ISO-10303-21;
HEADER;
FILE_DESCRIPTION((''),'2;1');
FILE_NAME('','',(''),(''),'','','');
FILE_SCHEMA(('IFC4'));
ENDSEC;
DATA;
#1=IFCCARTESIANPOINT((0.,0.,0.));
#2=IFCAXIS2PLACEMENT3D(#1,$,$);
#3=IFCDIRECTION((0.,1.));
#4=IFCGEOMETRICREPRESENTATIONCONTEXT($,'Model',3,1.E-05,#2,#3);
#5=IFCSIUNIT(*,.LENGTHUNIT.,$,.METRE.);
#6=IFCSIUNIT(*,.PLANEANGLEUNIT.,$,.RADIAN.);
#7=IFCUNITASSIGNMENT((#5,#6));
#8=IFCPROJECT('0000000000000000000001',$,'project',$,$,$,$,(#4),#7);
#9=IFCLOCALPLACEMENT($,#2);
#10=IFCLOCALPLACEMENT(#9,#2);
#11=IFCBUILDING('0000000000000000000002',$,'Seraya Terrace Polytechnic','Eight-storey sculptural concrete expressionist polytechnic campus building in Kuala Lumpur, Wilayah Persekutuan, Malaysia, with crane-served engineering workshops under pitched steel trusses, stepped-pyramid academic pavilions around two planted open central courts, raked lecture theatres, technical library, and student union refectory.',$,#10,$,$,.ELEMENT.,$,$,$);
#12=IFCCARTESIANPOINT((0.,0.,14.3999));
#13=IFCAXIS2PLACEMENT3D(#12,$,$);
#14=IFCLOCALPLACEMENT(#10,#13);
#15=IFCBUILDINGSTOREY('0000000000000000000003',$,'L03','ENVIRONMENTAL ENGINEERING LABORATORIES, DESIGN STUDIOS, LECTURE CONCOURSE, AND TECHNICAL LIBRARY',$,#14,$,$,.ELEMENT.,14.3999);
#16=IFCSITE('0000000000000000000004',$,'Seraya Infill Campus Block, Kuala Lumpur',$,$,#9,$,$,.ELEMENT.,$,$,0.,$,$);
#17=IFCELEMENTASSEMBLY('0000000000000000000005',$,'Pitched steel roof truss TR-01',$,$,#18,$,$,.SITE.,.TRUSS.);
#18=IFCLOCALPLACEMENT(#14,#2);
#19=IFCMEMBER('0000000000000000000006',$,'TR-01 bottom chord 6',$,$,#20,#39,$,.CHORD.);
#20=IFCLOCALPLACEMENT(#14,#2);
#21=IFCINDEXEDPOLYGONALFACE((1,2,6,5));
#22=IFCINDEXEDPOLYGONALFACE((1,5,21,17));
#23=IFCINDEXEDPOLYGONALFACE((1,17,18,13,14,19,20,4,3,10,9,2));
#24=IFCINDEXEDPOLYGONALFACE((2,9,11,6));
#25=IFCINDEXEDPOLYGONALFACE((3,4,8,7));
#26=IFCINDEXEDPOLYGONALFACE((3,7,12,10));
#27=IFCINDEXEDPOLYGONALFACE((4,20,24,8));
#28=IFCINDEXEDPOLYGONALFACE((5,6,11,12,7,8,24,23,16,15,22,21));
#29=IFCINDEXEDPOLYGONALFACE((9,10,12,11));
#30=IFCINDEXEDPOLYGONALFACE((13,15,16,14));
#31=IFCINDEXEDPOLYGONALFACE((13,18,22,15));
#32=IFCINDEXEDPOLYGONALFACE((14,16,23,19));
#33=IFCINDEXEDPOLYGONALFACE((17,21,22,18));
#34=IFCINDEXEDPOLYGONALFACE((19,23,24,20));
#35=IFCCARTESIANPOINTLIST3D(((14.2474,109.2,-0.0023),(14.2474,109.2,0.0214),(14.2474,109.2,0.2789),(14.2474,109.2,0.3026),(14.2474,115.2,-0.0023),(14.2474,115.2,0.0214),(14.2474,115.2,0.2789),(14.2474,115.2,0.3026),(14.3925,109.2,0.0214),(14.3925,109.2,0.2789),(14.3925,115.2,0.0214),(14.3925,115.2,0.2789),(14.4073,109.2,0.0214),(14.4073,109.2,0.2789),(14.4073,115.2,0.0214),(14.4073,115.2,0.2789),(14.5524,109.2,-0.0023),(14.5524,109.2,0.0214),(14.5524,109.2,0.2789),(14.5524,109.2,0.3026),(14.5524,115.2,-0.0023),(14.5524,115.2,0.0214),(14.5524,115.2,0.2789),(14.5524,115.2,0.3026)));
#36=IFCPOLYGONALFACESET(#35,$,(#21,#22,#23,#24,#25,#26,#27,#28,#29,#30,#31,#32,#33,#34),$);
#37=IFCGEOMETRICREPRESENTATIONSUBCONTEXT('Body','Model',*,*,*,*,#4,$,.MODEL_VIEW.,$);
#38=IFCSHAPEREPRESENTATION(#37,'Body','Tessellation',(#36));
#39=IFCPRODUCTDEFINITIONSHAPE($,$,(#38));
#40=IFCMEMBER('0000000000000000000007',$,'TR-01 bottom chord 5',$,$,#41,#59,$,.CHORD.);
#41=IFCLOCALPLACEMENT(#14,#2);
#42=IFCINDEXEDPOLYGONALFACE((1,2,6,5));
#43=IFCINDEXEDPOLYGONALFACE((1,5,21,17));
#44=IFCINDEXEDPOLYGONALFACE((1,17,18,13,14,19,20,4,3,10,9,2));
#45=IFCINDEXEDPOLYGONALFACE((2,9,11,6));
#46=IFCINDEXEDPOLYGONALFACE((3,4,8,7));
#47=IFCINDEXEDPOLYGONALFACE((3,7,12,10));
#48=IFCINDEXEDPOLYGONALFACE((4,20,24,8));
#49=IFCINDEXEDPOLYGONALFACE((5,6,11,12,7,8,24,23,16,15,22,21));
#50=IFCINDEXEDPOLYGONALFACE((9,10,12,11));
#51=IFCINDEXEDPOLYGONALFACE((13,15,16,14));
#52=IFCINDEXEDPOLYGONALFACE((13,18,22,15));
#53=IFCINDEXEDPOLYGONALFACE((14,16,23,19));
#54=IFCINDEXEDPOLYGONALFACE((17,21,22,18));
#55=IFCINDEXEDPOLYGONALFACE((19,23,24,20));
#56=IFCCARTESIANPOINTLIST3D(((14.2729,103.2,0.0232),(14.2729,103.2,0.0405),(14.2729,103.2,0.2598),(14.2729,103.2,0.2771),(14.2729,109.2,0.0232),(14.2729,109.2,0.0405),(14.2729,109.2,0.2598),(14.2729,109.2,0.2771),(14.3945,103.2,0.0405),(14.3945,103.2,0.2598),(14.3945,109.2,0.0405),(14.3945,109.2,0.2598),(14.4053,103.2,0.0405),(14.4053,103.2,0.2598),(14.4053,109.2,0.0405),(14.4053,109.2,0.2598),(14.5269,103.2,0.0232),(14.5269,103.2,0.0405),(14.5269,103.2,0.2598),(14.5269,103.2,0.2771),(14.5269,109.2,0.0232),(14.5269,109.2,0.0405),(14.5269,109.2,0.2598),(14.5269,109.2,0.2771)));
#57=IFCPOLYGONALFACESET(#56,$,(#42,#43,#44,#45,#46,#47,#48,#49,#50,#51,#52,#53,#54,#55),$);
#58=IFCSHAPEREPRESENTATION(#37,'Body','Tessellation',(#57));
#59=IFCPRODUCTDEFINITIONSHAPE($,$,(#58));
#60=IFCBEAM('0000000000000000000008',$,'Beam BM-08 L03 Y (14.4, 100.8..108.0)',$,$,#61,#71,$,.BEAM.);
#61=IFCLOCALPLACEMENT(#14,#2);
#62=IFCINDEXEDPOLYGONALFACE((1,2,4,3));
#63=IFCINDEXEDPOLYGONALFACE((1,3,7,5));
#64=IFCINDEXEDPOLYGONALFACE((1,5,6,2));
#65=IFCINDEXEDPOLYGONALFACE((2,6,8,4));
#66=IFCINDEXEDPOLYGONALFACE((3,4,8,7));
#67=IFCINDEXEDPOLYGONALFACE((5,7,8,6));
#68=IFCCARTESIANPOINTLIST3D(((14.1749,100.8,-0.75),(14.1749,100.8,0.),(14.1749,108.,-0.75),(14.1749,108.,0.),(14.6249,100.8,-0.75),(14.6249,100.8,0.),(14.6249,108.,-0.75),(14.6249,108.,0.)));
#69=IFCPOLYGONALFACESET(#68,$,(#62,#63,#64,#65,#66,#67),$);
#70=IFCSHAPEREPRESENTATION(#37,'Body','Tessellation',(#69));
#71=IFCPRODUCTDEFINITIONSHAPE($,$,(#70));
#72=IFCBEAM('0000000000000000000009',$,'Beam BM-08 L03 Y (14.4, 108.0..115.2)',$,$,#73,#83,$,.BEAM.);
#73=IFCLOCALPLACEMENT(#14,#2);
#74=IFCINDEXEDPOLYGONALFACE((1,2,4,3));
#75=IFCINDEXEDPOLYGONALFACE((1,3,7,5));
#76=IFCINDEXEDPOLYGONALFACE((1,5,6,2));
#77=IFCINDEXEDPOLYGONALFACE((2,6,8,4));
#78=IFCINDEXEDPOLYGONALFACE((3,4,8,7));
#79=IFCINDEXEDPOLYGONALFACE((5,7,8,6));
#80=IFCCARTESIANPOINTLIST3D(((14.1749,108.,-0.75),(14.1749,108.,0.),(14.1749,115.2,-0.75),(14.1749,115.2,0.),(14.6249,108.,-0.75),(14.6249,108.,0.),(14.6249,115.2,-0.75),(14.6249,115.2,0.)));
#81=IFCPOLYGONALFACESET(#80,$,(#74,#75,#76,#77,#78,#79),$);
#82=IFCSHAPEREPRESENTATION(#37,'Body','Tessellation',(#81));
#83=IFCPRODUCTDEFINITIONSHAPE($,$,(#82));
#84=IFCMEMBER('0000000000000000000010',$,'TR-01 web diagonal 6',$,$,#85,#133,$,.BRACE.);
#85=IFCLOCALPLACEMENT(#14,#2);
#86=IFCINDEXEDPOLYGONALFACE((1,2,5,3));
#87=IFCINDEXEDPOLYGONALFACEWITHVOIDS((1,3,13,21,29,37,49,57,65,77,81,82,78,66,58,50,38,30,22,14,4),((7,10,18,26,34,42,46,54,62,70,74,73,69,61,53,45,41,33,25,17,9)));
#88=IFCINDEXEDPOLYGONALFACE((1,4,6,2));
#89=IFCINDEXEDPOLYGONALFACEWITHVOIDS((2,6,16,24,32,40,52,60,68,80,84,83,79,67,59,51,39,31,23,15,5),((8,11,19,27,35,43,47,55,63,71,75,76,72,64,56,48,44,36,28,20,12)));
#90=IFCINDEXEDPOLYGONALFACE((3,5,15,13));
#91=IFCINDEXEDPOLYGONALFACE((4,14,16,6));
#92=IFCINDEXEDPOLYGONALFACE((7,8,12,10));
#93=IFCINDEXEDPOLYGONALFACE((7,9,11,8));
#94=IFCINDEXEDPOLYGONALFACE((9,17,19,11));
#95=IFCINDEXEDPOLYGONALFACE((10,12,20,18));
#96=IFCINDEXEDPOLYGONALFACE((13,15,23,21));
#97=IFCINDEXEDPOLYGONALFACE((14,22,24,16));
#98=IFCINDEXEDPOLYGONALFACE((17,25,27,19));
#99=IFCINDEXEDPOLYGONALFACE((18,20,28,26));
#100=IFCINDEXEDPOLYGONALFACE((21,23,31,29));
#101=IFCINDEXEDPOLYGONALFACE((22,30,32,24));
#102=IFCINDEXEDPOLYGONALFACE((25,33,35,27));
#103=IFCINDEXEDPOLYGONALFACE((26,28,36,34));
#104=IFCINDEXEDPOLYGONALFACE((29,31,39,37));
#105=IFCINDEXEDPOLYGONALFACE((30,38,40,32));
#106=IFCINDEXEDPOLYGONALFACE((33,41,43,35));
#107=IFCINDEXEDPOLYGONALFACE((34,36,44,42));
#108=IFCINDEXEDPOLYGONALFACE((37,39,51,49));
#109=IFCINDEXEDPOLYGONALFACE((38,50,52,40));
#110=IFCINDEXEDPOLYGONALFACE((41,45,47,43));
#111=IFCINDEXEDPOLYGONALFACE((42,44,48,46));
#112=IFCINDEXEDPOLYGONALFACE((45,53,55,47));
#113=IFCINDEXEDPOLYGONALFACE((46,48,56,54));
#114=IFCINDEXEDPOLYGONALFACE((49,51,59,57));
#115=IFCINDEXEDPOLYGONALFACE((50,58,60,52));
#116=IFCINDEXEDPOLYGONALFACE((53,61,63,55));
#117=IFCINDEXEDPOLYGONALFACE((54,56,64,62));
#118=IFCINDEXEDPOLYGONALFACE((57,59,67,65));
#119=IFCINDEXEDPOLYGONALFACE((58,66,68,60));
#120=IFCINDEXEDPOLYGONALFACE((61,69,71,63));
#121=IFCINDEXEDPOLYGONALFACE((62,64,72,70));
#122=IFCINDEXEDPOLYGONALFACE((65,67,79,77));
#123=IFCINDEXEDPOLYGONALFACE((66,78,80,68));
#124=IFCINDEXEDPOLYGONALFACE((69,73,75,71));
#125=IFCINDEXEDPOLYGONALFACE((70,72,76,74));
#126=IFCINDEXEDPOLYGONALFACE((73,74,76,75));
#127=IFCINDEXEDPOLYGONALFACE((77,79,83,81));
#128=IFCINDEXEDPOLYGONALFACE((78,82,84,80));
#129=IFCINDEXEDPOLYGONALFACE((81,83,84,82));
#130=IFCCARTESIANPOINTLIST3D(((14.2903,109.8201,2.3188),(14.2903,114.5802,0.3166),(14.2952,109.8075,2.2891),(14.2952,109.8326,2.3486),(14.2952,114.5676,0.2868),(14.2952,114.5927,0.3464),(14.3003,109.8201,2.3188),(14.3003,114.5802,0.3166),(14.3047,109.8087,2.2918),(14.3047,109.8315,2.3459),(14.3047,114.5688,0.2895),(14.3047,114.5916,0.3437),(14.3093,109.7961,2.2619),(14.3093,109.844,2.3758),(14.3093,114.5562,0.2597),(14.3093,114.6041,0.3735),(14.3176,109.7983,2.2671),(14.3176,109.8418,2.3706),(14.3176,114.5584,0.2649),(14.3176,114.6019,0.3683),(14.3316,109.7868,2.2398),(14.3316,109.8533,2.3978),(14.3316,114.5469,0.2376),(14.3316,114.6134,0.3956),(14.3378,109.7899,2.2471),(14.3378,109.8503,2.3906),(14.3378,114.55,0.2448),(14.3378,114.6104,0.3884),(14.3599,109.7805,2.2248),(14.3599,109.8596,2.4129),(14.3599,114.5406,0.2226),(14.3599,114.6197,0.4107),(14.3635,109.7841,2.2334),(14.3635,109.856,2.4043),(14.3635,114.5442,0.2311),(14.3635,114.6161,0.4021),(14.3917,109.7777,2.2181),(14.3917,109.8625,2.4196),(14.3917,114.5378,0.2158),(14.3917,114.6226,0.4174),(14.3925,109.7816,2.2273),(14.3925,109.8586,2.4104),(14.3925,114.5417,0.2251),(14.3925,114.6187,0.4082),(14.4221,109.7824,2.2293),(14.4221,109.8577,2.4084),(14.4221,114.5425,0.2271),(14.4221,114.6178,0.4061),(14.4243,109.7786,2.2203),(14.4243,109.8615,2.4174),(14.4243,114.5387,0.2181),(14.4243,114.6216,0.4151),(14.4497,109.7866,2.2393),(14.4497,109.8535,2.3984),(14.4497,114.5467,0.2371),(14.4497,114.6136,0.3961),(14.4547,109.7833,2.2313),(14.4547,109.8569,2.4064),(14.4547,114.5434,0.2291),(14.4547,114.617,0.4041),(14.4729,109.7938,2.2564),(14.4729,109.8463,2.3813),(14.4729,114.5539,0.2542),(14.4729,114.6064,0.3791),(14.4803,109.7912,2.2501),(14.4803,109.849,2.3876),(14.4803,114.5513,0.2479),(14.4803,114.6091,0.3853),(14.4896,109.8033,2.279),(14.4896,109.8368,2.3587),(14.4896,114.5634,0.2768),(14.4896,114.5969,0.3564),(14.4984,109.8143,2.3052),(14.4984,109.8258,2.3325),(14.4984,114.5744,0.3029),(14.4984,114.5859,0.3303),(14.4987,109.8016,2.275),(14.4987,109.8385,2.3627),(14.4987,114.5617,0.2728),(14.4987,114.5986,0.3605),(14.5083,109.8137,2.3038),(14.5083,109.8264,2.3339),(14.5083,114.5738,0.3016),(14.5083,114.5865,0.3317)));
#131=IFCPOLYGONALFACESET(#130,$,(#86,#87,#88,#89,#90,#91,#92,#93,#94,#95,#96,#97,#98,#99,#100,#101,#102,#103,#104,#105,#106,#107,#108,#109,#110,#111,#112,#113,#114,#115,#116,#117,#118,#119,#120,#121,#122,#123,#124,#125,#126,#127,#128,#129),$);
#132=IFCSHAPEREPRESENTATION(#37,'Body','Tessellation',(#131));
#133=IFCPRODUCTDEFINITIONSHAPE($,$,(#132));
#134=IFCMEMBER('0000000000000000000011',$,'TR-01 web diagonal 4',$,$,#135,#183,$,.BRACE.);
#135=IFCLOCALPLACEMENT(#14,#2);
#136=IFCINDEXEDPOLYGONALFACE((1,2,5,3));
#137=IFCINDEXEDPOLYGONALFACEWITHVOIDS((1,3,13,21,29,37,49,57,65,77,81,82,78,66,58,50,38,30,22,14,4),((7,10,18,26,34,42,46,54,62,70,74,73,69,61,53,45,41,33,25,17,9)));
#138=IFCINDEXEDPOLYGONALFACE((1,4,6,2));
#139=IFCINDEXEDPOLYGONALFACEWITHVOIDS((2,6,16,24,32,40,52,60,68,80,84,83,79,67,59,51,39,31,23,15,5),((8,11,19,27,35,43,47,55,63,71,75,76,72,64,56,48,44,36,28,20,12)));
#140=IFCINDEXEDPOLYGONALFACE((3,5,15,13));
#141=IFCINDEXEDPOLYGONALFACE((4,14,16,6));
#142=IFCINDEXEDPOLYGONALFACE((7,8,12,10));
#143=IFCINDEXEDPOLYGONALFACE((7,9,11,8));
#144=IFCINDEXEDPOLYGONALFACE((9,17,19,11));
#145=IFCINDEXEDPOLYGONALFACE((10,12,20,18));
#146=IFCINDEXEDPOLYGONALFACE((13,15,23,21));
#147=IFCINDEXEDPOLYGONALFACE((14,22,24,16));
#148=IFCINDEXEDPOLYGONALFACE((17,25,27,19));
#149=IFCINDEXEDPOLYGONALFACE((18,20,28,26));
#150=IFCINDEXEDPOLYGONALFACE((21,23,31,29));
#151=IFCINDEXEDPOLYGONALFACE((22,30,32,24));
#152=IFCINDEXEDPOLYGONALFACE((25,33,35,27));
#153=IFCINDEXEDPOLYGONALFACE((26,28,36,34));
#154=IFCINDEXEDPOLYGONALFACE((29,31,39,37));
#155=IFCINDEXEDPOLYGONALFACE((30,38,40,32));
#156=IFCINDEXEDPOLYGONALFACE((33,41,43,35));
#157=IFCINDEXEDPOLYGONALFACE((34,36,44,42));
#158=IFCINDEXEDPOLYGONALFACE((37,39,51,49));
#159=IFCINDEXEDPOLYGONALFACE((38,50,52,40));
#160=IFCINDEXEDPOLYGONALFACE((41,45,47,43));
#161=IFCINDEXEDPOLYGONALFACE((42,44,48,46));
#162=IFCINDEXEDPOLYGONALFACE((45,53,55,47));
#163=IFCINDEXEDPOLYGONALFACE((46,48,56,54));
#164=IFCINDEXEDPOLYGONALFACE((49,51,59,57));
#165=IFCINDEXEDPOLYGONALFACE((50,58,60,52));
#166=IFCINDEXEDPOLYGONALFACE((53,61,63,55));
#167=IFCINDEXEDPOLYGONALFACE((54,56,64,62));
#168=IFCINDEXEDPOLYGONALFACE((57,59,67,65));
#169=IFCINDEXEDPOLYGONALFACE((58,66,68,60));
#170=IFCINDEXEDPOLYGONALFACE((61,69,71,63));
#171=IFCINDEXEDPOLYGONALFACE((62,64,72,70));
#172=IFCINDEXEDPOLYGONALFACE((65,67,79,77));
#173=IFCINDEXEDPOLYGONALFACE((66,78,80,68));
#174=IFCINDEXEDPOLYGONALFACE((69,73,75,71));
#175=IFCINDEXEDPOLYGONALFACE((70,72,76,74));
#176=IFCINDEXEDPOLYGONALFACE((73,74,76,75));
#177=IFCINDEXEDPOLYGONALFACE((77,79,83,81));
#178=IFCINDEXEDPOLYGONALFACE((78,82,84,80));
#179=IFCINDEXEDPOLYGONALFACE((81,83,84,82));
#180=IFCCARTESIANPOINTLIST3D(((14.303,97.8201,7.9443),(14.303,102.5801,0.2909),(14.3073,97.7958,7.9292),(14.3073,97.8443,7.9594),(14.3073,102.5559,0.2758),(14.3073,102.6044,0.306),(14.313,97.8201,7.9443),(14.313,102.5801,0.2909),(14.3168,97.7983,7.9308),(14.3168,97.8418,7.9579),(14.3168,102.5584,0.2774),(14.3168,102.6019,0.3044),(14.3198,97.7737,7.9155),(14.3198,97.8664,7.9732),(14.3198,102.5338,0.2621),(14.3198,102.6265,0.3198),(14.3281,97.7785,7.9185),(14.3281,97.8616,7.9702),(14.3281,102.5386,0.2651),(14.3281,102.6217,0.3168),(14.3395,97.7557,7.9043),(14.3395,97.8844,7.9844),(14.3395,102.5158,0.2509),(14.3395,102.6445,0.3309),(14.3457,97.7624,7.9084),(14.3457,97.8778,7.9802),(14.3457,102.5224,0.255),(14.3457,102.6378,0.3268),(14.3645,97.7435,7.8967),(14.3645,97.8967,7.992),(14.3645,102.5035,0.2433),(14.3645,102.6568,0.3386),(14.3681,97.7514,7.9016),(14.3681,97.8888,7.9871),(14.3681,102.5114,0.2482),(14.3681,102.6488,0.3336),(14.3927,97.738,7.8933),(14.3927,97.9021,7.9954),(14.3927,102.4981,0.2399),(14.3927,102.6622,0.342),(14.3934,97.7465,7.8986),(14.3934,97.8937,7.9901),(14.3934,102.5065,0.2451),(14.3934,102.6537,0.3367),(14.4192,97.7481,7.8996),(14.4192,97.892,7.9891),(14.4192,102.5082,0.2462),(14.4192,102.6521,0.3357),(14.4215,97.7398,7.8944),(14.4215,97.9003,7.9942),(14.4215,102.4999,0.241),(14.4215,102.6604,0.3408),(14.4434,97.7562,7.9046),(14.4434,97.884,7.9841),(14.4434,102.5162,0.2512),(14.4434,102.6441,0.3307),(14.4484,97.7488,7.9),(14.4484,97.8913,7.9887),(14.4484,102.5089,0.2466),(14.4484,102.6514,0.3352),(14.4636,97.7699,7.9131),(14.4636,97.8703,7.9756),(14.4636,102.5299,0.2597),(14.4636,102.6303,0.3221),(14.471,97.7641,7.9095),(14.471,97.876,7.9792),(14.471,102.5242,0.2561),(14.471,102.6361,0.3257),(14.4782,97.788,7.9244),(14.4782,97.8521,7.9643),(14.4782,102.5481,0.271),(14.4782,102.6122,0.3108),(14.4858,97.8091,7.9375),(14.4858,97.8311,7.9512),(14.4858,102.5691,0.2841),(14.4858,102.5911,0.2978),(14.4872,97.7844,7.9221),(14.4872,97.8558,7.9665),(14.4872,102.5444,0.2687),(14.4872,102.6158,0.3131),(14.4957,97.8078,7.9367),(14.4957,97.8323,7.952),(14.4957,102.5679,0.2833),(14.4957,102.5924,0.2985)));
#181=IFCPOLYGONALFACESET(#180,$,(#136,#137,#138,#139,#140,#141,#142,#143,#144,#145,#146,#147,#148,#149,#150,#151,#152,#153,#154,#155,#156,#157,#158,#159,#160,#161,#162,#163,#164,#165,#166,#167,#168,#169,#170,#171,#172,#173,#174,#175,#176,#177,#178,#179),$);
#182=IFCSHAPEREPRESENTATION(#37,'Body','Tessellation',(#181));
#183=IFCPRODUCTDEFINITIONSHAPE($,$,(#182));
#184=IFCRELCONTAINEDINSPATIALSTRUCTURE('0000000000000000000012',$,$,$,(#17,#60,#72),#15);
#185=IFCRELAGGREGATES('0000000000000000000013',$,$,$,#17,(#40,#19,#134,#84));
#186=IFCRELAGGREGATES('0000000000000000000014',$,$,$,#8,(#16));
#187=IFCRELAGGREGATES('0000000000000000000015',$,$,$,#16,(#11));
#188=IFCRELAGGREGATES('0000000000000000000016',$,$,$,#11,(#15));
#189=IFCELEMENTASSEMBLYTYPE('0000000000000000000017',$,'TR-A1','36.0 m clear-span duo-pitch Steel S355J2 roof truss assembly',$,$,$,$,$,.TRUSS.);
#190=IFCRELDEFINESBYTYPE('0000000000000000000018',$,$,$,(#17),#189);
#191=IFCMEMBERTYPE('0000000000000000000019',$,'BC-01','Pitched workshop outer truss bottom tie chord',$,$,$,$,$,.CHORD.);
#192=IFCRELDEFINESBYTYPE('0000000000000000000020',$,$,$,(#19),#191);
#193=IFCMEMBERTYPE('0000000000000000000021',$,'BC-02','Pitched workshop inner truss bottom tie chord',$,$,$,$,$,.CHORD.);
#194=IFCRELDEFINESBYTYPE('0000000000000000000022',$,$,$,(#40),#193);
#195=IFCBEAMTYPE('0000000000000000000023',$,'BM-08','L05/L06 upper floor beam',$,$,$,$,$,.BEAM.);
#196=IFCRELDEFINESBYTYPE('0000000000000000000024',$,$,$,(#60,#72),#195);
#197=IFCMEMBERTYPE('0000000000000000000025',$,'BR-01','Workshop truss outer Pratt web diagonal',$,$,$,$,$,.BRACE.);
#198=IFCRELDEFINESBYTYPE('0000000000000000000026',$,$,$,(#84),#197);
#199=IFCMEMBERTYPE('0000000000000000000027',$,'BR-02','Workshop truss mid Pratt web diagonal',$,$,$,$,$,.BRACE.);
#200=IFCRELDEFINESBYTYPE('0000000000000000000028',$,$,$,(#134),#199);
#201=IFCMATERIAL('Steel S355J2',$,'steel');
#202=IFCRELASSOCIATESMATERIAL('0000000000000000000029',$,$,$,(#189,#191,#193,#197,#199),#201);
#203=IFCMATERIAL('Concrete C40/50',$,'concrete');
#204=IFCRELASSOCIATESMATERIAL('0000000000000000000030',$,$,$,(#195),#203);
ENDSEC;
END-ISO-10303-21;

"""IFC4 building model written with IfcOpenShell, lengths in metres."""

from ifc_helpers import new_model, si_unit, direction, frame, origin, origin_2d, place, context, subcontext, project, spatial, rectangle, hollow_circle, i_section, extrude, material, material_profile, profile_set, type_object, element, aggregate, save


model = new_model("IFC4")

# Units and contexts
model_context = context("Model", 3, precision=1e-05, world=origin(), true_north=direction((0.0, 1.0)))
body_context = subcontext(model_context, "Body", "Model", "MODEL_VIEW")
ifc_project = project(units=[si_unit("LENGTHUNIT", "METRE"), si_unit("PLANEANGLEUNIT", "RADIAN")], contexts=[model_context])

# Site, building, storey
site_placement = place(None, origin())
site = spatial("IfcSite", under=ifc_project, at=site_placement, Name="Seraya Infill Campus Block, Kuala Lumpur", CompositionType="ELEMENT", RefElevation=0.0)
building_placement = place(site_placement, origin())
building = spatial("IfcBuilding", under=site, at=building_placement, Name="Seraya Terrace Polytechnic", Description="Eight-storey sculptural concrete expressionist polytechnic campus building in Kuala Lumpur, Wilayah Persekutuan, Malaysia, with crane-served engineering workshops under pitched steel trusses, stepped-pyramid academic pavilions around two planted open central courts, raked lecture theatres, technical library, and student union refectory.", CompositionType="ELEMENT")
storey_placement = place(building_placement, frame((0.0, 0.0, 14.3999)))
storey = spatial("IfcBuildingStorey", under=building, at=storey_placement, Name="L03", Description="ENVIRONMENTAL ENGINEERING LABORATORIES, DESIGN STUDIOS, LECTURE CONCOURSE, AND TECHNICAL LIBRARY", CompositionType="ELEMENT", Elevation=14.3999)

# Element assembly, members
ifc_material_1 = material(Name="Steel S355J2", Category="steel")
element_assembly_type = type_object("IfcElementAssemblyType", Name="TR-A1", Description="36.0 m clear-span duo-pitch Steel S355J2 roof truss assembly", PredefinedType="TRUSS", material=ifc_material_1)
assembly_placement = place(storey_placement, origin())
assembly = element("IfcElementAssembly", 1, at=assembly_placement, inside=storey, type_object=element_assembly_type, Name="Pitched steel roof truss TR-01", AssemblyPlace="SITE", PredefinedType="TRUSS")
ifc_material_profile_1 = material_profile(ifc_material_1, i_section(OverallWidth=0.3049, OverallDepth=0.3049, WebThickness=0.0149, FlangeThickness=0.0237, at=origin_2d()), Name="UKC 305x305x14.9x23.8")
ifc_profile_set_1 = profile_set([ifc_material_profile_1], Name="Steel S355J2")
member_type_1 = type_object("IfcMemberType", Name="BC-01", Description="Pitched workshop outer truss bottom tie chord", PredefinedType="CHORD", material=ifc_profile_set_1)
member_1_placement = place(storey_placement, frame((14.3999, 109.2, 0.1501), z_axis=(0.0, 1.0, 0.0), x_axis=(-1.0, 0.0, 0.0)))
member_1 = element("IfcMember", 2, at=member_1_placement, type_object=member_type_1, Name="TR-01 bottom chord 6", PredefinedType="CHORD", context=body_context, shape_type="SweptSolid", body=[
    extrude(i_section(OverallWidth=0.3049, OverallDepth=0.3049, WebThickness=0.0149, FlangeThickness=0.0237, at=origin_2d()), origin(), (0.0, 0.0, 1.0), 6.0),
])
ifc_material_profile_2 = material_profile(ifc_material_1, i_section(OverallWidth=0.2539, OverallDepth=0.2539, WebThickness=0.0107, FlangeThickness=0.0173, at=origin_2d()), Name="UKC 254x254x10.7x17.3")
ifc_profile_set_2 = profile_set([ifc_material_profile_2], Name="Steel S355J2")
member_type_2 = type_object("IfcMemberType", Name="BC-02", Description="Pitched workshop inner truss bottom tie chord", PredefinedType="CHORD", material=ifc_profile_set_2)
member_2_placement = place(storey_placement, frame((14.3999, 103.2, 0.1501), z_axis=(0.0, 1.0, 0.0), x_axis=(-1.0, 0.0, 0.0)))
member_2 = element("IfcMember", 3, at=member_2_placement, type_object=member_type_2, Name="TR-01 bottom chord 5", PredefinedType="CHORD", context=body_context, shape_type="SweptSolid", body=[
    extrude(i_section(OverallWidth=0.2539, OverallDepth=0.2539, WebThickness=0.0107, FlangeThickness=0.0173, at=origin_2d()), origin(), (0.0, 0.0, 1.0), 6.0),
])

# Beams
ifc_material_2 = material(Name="Concrete C40/50", Category="concrete")
ifc_material_profile_3 = material_profile(ifc_material_2, rectangle(XDim=0.45, YDim=0.75, at=origin_2d()), Name="RC 450x750")
ifc_profile_set_3 = profile_set([ifc_material_profile_3], Name="Concrete C40/50")
beam_type_1 = type_object("IfcBeamType", Name="BM-08", Description="L05/L06 upper floor beam", PredefinedType="BEAM", material=ifc_profile_set_3)
for number, where, z_axis, x_axis, name in (
    (4, (14.3999, 100.8, -0.375), (0.0, 1.0, 0.0), (-1.0, 0.0, 0.0), "Beam BM-08 L03 Y (14.4, 100.8..108.0)"),
    (5, (14.3999, 108.0, -0.375), (0.0, 1.0, 0.0), (-1.0, 0.0, 0.0), "Beam BM-08 L03 Y (14.4, 108.0..115.2)"),
):
    element("IfcBeam", number, at=place(storey_placement, frame(where, z_axis=z_axis, x_axis=x_axis)), inside=storey, type_object=beam_type_1, Name=name, PredefinedType="BEAM", context=body_context, shape_type="SweptSolid", body=[
        extrude(rectangle(XDim=0.45, YDim=0.75, at=origin_2d()), origin(), (0.0, 0.0, 1.0), 7.2),
    ])

# Members
ifc_material_profile_4 = material_profile(ifc_material_1, hollow_circle(Radius=0.1096, WallThickness=0.01, at=origin_2d()), Name="CHS 219.1x10.0")
ifc_profile_set_4 = profile_set([ifc_material_profile_4], Name="Steel S355J2")
member_type_3 = type_object("IfcMemberType", Name="BR-01", Description="Workshop truss outer Pratt web diagonal", PredefinedType="BRACE", material=ifc_profile_set_4)
member_3_placement = place(storey_placement, frame((14.3999, 109.8201, 2.3188), z_axis=(0.0, 0.921775, -0.387725), x_axis=(-1.0, 0.0, 0.0)))
member_3 = element("IfcMember", 6, at=member_3_placement, type_object=member_type_3, Name="TR-01 web diagonal 6", PredefinedType="BRACE", context=body_context, shape_type="SweptSolid", body=[
    extrude(hollow_circle(Radius=0.1096, WallThickness=0.01, at=origin_2d()), origin(), (0.0, 0.0, 1.0), 5.1641),
])
ifc_material_profile_5 = material_profile(ifc_material_1, hollow_circle(Radius=0.0969, WallThickness=0.01, at=origin_2d()), Name="CHS 193.7x10.0")
ifc_profile_set_5 = profile_set([ifc_material_profile_5], Name="Steel S355J2")
member_type_4 = type_object("IfcMemberType", Name="BR-02", Description="Workshop truss mid Pratt web diagonal", PredefinedType="BRACE", material=ifc_profile_set_5)
member_4_placement = place(storey_placement, frame((14.3999, 97.8201, 7.9443), z_axis=(0.0, 0.528137, -0.849159), x_axis=(-1.0, 0.0, 0.0)))
member_4 = element("IfcMember", 7, at=member_4_placement, type_object=member_type_4, Name="TR-01 web diagonal 4", PredefinedType="BRACE", context=body_context, shape_type="SweptSolid", body=[
    extrude(hollow_circle(Radius=0.0969, WallThickness=0.01, at=origin_2d()), origin(), (0.0, 0.0, 1.0), 9.0129),
])

aggregate(assembly, [member_2, member_1, member_4, member_3])

save(model, "model.ifc")
